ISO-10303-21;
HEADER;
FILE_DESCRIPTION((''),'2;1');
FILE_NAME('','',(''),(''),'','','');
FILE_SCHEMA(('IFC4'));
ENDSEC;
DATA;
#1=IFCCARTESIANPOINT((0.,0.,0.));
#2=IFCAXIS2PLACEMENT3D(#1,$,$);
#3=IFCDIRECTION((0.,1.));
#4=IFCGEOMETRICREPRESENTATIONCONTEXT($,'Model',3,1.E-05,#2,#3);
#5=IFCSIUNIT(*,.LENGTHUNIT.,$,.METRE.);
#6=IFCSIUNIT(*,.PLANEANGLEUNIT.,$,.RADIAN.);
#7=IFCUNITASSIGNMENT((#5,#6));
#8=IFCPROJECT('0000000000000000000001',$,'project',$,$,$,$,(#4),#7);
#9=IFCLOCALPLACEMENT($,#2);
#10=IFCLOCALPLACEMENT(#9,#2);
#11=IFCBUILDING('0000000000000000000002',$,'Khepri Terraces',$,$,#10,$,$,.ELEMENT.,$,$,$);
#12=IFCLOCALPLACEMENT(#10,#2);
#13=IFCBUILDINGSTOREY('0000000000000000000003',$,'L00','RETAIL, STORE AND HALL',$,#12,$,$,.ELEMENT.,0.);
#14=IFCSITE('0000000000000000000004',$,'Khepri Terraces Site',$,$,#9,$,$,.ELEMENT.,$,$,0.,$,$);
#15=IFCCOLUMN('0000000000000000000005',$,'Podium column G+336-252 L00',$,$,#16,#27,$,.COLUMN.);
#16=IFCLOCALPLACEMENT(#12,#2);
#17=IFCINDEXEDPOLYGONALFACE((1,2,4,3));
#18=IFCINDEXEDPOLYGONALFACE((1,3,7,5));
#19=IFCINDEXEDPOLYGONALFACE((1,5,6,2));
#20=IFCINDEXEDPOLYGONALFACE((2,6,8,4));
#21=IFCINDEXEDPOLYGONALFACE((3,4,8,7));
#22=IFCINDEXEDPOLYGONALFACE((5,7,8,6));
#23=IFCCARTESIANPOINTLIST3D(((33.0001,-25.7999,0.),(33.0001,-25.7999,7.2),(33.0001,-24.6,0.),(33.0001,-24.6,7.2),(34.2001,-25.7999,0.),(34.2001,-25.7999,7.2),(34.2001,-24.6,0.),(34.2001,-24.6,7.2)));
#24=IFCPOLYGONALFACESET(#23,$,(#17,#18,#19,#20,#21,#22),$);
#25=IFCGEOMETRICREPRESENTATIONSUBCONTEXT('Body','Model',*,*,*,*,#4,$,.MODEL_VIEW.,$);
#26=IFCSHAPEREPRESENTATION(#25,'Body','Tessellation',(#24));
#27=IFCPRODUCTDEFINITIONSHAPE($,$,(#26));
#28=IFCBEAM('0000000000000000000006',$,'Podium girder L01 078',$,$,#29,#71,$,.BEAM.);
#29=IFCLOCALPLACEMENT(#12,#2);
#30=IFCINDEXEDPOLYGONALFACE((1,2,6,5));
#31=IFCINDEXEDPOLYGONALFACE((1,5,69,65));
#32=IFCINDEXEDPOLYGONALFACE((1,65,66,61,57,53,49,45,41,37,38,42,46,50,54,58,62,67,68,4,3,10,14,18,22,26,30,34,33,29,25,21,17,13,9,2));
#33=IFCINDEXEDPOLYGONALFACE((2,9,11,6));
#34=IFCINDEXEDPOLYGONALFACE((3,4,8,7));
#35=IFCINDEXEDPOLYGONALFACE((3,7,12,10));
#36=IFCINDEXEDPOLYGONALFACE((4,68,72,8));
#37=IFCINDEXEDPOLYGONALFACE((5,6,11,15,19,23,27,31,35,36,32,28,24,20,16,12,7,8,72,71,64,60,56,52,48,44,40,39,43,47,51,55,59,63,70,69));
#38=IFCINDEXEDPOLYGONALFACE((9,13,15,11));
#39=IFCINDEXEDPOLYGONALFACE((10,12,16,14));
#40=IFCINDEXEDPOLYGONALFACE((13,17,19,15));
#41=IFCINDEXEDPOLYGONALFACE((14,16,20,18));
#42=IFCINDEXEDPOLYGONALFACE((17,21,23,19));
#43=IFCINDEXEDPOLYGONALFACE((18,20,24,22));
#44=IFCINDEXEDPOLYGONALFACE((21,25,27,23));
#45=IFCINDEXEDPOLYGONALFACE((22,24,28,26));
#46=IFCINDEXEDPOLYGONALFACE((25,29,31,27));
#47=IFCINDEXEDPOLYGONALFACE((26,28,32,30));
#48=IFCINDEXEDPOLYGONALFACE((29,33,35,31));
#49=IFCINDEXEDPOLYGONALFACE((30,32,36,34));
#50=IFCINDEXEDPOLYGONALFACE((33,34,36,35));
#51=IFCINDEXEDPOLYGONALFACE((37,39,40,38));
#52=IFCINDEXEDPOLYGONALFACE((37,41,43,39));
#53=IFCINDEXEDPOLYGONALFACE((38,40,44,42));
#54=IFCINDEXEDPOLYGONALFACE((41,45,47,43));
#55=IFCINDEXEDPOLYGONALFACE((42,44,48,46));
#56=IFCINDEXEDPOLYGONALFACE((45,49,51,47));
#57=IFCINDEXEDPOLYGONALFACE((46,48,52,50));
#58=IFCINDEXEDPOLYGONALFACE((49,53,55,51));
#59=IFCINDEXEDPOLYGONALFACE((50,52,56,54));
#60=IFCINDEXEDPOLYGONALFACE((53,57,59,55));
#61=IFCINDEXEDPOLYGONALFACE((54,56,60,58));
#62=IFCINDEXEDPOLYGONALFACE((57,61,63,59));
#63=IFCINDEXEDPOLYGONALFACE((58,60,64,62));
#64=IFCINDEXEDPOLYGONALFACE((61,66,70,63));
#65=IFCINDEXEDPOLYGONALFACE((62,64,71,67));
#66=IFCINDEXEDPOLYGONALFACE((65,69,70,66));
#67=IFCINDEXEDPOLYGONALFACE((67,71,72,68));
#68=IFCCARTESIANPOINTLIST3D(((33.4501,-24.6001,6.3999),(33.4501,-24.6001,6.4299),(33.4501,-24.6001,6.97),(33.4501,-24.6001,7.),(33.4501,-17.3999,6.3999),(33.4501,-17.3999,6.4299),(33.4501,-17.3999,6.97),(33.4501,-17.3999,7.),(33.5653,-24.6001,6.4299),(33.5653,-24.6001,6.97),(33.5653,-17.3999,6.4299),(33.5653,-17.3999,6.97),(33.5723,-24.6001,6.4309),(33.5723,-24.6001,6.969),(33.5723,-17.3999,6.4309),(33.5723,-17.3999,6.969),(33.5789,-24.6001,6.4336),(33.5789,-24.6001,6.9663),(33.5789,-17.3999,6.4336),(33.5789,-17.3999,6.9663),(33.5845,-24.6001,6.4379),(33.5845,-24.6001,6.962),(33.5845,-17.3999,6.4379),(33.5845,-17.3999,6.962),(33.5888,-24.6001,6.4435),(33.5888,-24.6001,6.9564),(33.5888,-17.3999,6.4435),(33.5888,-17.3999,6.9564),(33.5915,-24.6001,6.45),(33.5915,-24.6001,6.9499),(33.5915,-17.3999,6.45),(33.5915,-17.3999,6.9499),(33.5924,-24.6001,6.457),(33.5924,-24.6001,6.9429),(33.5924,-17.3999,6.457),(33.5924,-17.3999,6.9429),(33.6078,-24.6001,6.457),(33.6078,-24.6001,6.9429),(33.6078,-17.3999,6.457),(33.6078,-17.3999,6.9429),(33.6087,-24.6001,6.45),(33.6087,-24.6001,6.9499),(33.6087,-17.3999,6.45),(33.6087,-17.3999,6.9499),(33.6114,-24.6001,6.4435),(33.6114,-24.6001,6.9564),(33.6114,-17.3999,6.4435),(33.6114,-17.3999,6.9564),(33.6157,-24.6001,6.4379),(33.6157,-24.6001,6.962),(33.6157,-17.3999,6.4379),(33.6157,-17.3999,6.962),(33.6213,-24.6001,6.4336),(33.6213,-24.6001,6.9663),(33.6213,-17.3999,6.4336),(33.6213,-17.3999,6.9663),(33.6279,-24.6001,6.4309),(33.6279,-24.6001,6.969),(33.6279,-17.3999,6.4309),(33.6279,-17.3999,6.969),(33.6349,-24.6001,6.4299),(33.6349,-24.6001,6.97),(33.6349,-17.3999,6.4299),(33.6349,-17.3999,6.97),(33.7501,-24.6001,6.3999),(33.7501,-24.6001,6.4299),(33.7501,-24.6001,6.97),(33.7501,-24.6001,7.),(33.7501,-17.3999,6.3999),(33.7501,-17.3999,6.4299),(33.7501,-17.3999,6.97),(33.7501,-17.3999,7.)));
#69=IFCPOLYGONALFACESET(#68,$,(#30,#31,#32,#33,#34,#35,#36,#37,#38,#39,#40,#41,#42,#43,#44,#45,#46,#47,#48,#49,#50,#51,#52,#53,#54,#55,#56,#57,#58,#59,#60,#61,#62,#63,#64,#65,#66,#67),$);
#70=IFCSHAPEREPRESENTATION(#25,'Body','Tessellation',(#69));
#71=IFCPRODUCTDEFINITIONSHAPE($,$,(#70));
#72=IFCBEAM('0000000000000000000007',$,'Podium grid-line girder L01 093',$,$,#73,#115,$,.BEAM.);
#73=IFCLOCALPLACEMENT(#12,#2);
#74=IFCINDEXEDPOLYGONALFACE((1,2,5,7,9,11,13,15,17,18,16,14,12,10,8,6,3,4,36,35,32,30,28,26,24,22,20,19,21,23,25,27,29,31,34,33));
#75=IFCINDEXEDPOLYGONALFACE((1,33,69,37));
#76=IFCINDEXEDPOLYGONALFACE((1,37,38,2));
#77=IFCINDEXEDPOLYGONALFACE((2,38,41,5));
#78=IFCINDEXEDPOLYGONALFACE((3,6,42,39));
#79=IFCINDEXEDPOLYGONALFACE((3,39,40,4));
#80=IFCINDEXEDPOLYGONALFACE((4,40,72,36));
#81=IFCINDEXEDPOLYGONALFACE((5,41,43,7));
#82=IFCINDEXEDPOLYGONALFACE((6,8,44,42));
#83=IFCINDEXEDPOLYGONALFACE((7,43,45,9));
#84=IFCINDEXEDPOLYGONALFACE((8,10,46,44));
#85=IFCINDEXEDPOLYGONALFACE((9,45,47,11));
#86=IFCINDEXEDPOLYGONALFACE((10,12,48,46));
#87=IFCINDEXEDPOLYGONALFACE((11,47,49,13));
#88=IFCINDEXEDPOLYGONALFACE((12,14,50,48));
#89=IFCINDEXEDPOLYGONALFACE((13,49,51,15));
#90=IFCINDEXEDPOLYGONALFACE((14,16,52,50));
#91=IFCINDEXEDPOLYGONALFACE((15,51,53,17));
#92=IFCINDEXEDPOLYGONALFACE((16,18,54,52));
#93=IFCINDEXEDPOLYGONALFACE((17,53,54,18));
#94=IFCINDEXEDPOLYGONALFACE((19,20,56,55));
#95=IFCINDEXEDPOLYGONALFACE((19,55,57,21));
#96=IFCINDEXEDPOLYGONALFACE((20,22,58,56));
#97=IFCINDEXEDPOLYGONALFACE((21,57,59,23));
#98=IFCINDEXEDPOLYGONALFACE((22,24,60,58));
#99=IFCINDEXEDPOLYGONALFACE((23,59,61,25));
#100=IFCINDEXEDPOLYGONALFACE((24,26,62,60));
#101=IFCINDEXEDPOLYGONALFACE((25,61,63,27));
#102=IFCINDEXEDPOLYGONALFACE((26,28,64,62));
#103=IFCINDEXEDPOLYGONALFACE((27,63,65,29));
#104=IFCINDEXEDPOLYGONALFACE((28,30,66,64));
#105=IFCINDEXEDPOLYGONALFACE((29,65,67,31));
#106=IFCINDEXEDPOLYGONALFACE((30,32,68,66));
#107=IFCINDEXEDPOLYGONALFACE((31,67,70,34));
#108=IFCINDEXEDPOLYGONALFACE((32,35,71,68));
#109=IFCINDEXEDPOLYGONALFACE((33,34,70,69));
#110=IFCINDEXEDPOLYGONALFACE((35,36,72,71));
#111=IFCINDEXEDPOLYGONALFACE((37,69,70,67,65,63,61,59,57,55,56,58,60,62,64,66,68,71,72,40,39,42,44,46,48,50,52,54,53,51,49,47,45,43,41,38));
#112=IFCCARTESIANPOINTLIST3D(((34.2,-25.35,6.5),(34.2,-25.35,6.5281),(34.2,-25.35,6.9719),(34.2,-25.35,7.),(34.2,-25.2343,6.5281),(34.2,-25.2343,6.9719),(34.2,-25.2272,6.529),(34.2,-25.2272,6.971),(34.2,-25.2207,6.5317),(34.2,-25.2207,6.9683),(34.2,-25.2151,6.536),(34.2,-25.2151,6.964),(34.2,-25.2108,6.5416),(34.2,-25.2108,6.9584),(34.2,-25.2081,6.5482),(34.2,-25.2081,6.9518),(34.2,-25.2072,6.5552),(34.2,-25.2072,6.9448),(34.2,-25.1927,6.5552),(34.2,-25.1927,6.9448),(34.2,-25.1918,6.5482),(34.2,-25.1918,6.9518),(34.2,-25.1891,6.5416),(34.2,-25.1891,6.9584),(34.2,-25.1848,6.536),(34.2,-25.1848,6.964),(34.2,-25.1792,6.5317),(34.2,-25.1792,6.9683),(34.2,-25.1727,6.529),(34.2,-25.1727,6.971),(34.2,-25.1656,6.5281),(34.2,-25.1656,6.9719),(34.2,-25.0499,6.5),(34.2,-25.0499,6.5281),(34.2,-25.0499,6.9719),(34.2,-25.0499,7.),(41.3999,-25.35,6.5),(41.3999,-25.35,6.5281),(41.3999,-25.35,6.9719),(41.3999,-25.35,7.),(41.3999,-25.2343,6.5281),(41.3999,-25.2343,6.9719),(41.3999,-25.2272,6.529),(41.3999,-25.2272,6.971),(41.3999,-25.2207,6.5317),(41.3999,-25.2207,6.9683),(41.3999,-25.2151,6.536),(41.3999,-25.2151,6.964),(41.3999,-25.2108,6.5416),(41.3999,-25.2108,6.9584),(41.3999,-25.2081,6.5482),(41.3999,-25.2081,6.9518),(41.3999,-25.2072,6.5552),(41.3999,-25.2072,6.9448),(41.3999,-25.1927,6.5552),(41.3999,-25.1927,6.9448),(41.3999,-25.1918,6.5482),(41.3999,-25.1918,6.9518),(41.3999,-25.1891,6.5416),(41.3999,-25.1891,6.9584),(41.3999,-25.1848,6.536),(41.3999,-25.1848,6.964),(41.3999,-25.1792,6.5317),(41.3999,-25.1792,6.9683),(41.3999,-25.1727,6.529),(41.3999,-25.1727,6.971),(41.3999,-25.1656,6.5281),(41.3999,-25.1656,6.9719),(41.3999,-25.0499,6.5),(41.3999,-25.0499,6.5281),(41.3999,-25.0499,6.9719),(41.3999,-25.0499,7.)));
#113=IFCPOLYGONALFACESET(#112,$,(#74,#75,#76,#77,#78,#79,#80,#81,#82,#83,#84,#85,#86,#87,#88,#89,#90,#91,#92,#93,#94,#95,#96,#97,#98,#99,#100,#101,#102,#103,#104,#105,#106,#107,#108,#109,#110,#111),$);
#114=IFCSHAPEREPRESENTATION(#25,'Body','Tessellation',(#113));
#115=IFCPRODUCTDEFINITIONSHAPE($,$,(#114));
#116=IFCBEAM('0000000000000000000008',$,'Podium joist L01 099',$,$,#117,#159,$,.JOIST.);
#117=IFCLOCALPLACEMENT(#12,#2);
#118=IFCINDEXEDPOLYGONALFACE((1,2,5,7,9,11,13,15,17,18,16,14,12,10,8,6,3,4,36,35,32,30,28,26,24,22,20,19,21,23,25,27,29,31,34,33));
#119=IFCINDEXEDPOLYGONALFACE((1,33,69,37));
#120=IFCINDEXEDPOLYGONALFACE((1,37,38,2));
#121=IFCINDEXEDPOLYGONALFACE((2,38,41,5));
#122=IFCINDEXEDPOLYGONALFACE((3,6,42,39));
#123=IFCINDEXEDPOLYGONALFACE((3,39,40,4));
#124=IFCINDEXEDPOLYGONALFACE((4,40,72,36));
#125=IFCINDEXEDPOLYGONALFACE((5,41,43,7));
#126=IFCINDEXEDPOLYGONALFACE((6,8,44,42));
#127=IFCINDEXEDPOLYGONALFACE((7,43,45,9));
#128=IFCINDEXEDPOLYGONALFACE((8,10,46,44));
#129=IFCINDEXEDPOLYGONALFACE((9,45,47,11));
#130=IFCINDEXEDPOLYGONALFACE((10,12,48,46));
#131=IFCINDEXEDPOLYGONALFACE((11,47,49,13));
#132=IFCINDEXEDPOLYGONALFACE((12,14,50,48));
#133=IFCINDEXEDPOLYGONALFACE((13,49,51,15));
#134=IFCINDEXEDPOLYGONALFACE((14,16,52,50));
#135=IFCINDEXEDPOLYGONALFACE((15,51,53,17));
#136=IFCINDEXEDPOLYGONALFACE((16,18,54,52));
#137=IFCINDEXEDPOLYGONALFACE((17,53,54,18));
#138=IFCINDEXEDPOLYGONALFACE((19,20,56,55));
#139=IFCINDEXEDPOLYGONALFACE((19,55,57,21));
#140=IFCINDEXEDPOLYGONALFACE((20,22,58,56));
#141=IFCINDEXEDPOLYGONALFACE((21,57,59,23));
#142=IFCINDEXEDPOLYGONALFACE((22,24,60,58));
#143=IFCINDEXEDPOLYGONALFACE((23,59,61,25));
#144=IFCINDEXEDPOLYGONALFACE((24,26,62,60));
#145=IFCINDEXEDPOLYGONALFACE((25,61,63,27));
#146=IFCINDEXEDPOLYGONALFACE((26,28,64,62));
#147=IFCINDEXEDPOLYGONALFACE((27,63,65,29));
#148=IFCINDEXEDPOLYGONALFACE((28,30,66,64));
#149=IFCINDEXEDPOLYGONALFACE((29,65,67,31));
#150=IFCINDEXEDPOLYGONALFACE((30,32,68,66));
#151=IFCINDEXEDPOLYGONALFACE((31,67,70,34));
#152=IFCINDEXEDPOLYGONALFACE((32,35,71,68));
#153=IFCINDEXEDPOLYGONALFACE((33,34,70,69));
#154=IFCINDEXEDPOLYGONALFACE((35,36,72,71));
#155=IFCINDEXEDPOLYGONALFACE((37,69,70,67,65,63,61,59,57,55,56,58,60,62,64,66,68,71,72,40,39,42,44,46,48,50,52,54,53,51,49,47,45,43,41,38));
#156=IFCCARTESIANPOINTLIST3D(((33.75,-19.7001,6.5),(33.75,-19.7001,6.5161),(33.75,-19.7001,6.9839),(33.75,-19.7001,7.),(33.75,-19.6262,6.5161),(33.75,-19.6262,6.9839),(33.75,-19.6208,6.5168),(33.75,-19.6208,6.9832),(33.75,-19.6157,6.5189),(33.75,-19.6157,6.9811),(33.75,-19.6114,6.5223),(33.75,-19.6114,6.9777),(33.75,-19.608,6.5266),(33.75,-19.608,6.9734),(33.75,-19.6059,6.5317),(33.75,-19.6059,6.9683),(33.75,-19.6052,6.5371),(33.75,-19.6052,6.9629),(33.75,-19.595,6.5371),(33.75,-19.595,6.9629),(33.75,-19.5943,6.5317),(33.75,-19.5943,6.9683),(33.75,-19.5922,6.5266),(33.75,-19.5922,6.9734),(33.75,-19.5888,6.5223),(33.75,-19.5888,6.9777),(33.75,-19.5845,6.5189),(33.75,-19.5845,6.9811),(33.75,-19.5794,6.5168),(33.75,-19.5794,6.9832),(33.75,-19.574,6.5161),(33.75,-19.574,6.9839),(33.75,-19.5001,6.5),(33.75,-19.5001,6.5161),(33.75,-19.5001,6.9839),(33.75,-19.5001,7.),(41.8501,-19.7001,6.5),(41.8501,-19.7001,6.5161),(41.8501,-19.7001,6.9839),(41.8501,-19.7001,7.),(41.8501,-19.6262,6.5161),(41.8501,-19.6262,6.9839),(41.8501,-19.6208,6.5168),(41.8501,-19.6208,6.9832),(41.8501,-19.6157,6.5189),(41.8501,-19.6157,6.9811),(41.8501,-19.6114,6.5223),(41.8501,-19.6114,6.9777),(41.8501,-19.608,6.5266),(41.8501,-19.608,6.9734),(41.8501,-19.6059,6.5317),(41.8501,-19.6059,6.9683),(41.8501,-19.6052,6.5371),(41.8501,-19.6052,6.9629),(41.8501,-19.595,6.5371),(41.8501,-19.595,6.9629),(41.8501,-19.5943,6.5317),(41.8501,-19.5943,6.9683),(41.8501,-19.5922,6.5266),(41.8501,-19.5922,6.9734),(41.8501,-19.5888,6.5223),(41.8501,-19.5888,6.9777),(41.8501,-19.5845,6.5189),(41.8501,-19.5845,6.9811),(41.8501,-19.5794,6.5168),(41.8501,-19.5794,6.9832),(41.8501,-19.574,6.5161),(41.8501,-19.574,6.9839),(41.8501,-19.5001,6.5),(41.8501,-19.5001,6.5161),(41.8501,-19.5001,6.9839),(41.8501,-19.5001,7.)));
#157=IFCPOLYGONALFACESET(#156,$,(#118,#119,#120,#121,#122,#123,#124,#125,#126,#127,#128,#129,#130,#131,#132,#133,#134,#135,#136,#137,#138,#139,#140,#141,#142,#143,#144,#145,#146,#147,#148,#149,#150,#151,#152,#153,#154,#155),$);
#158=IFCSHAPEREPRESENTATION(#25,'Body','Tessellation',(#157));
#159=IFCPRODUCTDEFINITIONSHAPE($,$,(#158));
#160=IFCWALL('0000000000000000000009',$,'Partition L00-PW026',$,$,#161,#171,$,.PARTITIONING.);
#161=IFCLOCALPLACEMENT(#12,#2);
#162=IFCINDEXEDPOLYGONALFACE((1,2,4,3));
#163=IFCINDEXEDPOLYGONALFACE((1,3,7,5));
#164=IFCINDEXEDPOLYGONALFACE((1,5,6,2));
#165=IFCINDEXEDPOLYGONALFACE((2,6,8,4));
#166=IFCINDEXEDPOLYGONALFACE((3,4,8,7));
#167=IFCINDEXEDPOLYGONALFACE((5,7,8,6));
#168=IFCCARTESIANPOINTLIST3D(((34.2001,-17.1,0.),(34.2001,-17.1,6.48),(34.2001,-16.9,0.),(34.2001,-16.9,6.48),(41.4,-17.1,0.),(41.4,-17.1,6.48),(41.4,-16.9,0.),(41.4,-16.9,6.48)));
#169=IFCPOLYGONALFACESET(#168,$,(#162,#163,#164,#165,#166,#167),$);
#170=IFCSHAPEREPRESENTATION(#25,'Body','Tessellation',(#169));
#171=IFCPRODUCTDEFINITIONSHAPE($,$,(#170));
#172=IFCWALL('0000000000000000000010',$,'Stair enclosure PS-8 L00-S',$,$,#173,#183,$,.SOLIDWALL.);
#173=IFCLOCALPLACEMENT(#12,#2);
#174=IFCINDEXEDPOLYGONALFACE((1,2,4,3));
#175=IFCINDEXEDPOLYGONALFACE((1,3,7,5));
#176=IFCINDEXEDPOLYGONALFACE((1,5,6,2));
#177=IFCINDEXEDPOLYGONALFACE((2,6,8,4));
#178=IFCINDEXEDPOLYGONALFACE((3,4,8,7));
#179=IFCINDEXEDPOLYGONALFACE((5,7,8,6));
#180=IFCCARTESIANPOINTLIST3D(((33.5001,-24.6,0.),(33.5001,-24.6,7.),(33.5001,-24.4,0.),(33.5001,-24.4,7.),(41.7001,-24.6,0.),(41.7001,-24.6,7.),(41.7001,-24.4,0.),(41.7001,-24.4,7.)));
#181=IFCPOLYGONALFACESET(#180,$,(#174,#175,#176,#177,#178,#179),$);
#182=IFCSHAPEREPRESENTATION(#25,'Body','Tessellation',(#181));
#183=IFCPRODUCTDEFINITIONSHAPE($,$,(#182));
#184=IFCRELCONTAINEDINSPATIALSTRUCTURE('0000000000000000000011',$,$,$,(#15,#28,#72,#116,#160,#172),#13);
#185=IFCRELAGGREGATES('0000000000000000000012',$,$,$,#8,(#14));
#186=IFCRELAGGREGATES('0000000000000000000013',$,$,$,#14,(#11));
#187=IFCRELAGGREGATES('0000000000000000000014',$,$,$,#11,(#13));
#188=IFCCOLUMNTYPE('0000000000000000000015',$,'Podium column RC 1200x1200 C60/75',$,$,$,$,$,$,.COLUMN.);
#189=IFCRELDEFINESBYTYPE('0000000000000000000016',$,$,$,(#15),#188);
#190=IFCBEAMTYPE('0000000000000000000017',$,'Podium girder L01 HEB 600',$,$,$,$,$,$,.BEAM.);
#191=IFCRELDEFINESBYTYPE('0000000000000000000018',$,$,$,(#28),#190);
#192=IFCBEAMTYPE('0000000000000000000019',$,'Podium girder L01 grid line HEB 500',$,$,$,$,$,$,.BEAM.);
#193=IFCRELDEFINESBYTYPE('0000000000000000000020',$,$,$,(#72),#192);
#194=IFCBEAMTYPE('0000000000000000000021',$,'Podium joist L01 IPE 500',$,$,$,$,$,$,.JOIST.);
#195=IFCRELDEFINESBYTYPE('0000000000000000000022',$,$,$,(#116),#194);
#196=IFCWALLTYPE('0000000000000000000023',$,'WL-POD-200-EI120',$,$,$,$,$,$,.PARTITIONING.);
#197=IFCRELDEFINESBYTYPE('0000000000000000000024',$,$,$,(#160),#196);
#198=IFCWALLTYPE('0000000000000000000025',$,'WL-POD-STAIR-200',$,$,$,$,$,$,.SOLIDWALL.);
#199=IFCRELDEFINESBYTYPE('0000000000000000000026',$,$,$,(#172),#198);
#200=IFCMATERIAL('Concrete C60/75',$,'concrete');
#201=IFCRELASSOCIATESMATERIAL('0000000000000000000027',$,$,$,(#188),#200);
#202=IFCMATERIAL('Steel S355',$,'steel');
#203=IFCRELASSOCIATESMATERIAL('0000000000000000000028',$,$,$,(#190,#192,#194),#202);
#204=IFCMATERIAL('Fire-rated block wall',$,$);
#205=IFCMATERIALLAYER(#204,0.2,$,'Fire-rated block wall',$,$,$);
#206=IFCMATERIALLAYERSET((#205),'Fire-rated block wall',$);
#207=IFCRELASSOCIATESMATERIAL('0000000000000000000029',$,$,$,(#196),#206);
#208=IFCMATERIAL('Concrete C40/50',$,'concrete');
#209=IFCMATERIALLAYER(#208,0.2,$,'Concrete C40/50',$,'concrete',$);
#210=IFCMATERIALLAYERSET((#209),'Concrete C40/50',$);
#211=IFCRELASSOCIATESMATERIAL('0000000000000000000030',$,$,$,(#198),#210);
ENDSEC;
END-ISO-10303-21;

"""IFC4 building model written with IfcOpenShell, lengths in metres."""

from ifc_helpers import new_model, si_unit, direction, frame, frame_2d, origin, origin_2d, place, context, subcontext, project, spatial, rectangle, i_section, extrude, material, layer, layer_set, material_profile, profile_set, type_object, element, save


model = new_model("IFC4")

# Units and contexts
model_context = context("Model", 3, precision=1e-05, world=origin(), true_north=direction((0.0, 1.0)))
body_context = subcontext(model_context, "Body", "Model", "MODEL_VIEW")
ifc_project = project(units=[si_unit("LENGTHUNIT", "METRE"), si_unit("PLANEANGLEUNIT", "RADIAN")], contexts=[model_context])

# Site, building, storey
site_placement = place(None, origin())
site = spatial("IfcSite", under=ifc_project, at=site_placement, Name="Khepri Terraces Site", CompositionType="ELEMENT", RefElevation=0.0)
building_placement = place(site_placement, origin())
building = spatial("IfcBuilding", under=site, at=building_placement, Name="Khepri Terraces", CompositionType="ELEMENT")
storey_placement = place(building_placement, origin())
storey = spatial("IfcBuildingStorey", under=building, at=storey_placement, Name="L00", Description="RETAIL, STORE AND HALL", CompositionType="ELEMENT", Elevation=0.0)

# Column
ifc_material_1 = material(Name="Concrete C60/75", Category="concrete")
ifc_material_profile_1 = material_profile(ifc_material_1, rectangle(XDim=1.2, YDim=1.2, at=origin_2d()), Name="Concrete C60/75", Category="concrete")
ifc_profile_set_1 = profile_set([ifc_material_profile_1], Name="Concrete C60/75")
column_type = type_object("IfcColumnType", Name="Podium column RC 1200x1200 C60/75", PredefinedType="COLUMN", material=ifc_profile_set_1)
column_placement = place(storey_placement, frame((33.6001, -25.2, 0.0), z_axis=(0.0, 0.0, 1.0), x_axis=(1.0, 0.0, 0.0)))
element("IfcColumn", 1, at=column_placement, inside=storey, type_object=column_type, Name="Podium column G+336-252 L00", PredefinedType="COLUMN", context=body_context, shape_type="SweptSolid", body=[
    extrude(rectangle(XDim=1.2, YDim=1.2, at=origin_2d()), origin(), (0.0, 0.0, 1.0), 7.2),
])

# Beams
ifc_material_2 = material(Name="Steel S355", Category="steel")
ifc_material_profile_2 = material_profile(ifc_material_2, i_section(OverallWidth=0.3, OverallDepth=0.6001, WebThickness=0.0154, FlangeThickness=0.03, FilletRadius=0.0271, at=origin_2d()), Name="Steel S355", Category="steel")
ifc_profile_set_2 = profile_set([ifc_material_profile_2], Name="Steel S355")
beam_type_1 = type_object("IfcBeamType", Name="Podium girder L01 HEB 600", PredefinedType="BEAM", material=ifc_profile_set_2)
beam_1_placement = place(storey_placement, frame((33.6001, -24.6001, 6.7), z_axis=(0.0, 1.0, 0.0), x_axis=(-1.0, 0.0, 0.0)))
element("IfcBeam", 2, at=beam_1_placement, inside=storey, type_object=beam_type_1, Name="Podium girder L01 078", PredefinedType="BEAM", context=body_context, shape_type="SweptSolid", body=[
    extrude(i_section(OverallWidth=0.3, OverallDepth=0.6001, WebThickness=0.0154, FlangeThickness=0.03, FilletRadius=0.0271, at=origin_2d()), origin(), (0.0, 0.0, 1.0), 7.2002),
])
ifc_material_profile_3 = material_profile(ifc_material_2, i_section(OverallWidth=0.3, OverallDepth=0.5, WebThickness=0.0144, FlangeThickness=0.0281, FilletRadius=0.0271, at=origin_2d()), Name="Steel S355", Category="steel")
ifc_profile_set_3 = profile_set([ifc_material_profile_3], Name="Steel S355")
beam_type_2 = type_object("IfcBeamType", Name="Podium girder L01 grid line HEB 500", PredefinedType="BEAM", material=ifc_profile_set_3)
beam_2_placement = place(storey_placement, frame((34.2, -25.2, 6.75), z_axis=(1.0, 0.0, 0.0), x_axis=(0.0, 1.0, 0.0)))
element("IfcBeam", 3, at=beam_2_placement, inside=storey, type_object=beam_type_2, Name="Podium grid-line girder L01 093", PredefinedType="BEAM", context=body_context, shape_type="SweptSolid", body=[
    extrude(i_section(OverallWidth=0.3, OverallDepth=0.5, WebThickness=0.0144, FlangeThickness=0.0281, FilletRadius=0.0271, at=origin_2d()), origin(), (0.0, 0.0, 1.0), 7.2),
])
ifc_material_profile_4 = material_profile(ifc_material_2, i_section(OverallWidth=0.2, OverallDepth=0.5, WebThickness=0.0103, FlangeThickness=0.0161, FilletRadius=0.021, at=origin_2d()), Name="Steel S355", Category="steel")
ifc_profile_set_4 = profile_set([ifc_material_profile_4], Name="Steel S355")
beam_type_3 = type_object("IfcBeamType", Name="Podium joist L01 IPE 500", PredefinedType="JOIST", material=ifc_profile_set_4)
beam_3_placement = place(storey_placement, frame((33.75, -19.6001, 6.75), z_axis=(1.0, 0.0, 0.0), x_axis=(0.0, 1.0, 0.0)))
element("IfcBeam", 4, at=beam_3_placement, inside=storey, type_object=beam_type_3, Name="Podium joist L01 099", PredefinedType="JOIST", context=body_context, shape_type="SweptSolid", body=[
    extrude(i_section(OverallWidth=0.2, OverallDepth=0.5, WebThickness=0.0103, FlangeThickness=0.0161, FilletRadius=0.021, at=origin_2d()), origin(), (0.0, 0.0, 1.0), 8.1001),
])

# Walls
ifc_material_3 = material(Name="Fire-rated block wall")
ifc_layer_1 = layer(ifc_material_3, 0.2, Name="Fire-rated block wall")
ifc_layer_set_1 = layer_set([ifc_layer_1], Name="Fire-rated block wall")
wall_type_1 = type_object("IfcWallType", Name="WL-POD-200-EI120", PredefinedType="PARTITIONING", material=ifc_layer_set_1)
wall_placement = place(storey_placement, frame((34.2, -17.0, 0.0), z_axis=(0.0, 0.0, 1.0), x_axis=(1.0, 0.0, 0.0)))
element("IfcWall", 5, at=wall_placement, inside=storey, type_object=wall_type_1, Name="Partition L00-PW026", PredefinedType="PARTITIONING", context=body_context, shape_type="SweptSolid", body=[
    extrude(rectangle(XDim=7.2, YDim=0.2, at=frame_2d((3.6001, 0.0))), origin(), (0.0, 0.0, 1.0), 6.48),
])
ifc_material_4 = material(Name="Concrete C40/50", Category="concrete")
ifc_layer_2 = layer(ifc_material_4, 0.2, Name="Concrete C40/50", Category="concrete")
ifc_layer_set_2 = layer_set([ifc_layer_2], Name="Concrete C40/50")
wall_type_2 = type_object("IfcWallType", Name="WL-POD-STAIR-200", PredefinedType="SOLIDWALL", material=ifc_layer_set_2)
for number, where, z_axis, x_axis, name in (
    (6, (33.5, -24.5, 0.0), (0.0, 0.0, 1.0), (1.0, 0.0, 0.0), "Stair enclosure PS-8 L00-S"),
):
    element("IfcWall", number, at=place(storey_placement, frame(where, z_axis=z_axis, x_axis=x_axis)), inside=storey, type_object=wall_type_2, Name=name, PredefinedType="SOLIDWALL", context=body_context, shape_type="SweptSolid", body=[
        extrude(rectangle(XDim=8.2, YDim=0.2, at=frame_2d((4.1001, 0.0))), origin(), (0.0, 0.0, 1.0), 7.0),
    ])

save(model, "model.ifc")
